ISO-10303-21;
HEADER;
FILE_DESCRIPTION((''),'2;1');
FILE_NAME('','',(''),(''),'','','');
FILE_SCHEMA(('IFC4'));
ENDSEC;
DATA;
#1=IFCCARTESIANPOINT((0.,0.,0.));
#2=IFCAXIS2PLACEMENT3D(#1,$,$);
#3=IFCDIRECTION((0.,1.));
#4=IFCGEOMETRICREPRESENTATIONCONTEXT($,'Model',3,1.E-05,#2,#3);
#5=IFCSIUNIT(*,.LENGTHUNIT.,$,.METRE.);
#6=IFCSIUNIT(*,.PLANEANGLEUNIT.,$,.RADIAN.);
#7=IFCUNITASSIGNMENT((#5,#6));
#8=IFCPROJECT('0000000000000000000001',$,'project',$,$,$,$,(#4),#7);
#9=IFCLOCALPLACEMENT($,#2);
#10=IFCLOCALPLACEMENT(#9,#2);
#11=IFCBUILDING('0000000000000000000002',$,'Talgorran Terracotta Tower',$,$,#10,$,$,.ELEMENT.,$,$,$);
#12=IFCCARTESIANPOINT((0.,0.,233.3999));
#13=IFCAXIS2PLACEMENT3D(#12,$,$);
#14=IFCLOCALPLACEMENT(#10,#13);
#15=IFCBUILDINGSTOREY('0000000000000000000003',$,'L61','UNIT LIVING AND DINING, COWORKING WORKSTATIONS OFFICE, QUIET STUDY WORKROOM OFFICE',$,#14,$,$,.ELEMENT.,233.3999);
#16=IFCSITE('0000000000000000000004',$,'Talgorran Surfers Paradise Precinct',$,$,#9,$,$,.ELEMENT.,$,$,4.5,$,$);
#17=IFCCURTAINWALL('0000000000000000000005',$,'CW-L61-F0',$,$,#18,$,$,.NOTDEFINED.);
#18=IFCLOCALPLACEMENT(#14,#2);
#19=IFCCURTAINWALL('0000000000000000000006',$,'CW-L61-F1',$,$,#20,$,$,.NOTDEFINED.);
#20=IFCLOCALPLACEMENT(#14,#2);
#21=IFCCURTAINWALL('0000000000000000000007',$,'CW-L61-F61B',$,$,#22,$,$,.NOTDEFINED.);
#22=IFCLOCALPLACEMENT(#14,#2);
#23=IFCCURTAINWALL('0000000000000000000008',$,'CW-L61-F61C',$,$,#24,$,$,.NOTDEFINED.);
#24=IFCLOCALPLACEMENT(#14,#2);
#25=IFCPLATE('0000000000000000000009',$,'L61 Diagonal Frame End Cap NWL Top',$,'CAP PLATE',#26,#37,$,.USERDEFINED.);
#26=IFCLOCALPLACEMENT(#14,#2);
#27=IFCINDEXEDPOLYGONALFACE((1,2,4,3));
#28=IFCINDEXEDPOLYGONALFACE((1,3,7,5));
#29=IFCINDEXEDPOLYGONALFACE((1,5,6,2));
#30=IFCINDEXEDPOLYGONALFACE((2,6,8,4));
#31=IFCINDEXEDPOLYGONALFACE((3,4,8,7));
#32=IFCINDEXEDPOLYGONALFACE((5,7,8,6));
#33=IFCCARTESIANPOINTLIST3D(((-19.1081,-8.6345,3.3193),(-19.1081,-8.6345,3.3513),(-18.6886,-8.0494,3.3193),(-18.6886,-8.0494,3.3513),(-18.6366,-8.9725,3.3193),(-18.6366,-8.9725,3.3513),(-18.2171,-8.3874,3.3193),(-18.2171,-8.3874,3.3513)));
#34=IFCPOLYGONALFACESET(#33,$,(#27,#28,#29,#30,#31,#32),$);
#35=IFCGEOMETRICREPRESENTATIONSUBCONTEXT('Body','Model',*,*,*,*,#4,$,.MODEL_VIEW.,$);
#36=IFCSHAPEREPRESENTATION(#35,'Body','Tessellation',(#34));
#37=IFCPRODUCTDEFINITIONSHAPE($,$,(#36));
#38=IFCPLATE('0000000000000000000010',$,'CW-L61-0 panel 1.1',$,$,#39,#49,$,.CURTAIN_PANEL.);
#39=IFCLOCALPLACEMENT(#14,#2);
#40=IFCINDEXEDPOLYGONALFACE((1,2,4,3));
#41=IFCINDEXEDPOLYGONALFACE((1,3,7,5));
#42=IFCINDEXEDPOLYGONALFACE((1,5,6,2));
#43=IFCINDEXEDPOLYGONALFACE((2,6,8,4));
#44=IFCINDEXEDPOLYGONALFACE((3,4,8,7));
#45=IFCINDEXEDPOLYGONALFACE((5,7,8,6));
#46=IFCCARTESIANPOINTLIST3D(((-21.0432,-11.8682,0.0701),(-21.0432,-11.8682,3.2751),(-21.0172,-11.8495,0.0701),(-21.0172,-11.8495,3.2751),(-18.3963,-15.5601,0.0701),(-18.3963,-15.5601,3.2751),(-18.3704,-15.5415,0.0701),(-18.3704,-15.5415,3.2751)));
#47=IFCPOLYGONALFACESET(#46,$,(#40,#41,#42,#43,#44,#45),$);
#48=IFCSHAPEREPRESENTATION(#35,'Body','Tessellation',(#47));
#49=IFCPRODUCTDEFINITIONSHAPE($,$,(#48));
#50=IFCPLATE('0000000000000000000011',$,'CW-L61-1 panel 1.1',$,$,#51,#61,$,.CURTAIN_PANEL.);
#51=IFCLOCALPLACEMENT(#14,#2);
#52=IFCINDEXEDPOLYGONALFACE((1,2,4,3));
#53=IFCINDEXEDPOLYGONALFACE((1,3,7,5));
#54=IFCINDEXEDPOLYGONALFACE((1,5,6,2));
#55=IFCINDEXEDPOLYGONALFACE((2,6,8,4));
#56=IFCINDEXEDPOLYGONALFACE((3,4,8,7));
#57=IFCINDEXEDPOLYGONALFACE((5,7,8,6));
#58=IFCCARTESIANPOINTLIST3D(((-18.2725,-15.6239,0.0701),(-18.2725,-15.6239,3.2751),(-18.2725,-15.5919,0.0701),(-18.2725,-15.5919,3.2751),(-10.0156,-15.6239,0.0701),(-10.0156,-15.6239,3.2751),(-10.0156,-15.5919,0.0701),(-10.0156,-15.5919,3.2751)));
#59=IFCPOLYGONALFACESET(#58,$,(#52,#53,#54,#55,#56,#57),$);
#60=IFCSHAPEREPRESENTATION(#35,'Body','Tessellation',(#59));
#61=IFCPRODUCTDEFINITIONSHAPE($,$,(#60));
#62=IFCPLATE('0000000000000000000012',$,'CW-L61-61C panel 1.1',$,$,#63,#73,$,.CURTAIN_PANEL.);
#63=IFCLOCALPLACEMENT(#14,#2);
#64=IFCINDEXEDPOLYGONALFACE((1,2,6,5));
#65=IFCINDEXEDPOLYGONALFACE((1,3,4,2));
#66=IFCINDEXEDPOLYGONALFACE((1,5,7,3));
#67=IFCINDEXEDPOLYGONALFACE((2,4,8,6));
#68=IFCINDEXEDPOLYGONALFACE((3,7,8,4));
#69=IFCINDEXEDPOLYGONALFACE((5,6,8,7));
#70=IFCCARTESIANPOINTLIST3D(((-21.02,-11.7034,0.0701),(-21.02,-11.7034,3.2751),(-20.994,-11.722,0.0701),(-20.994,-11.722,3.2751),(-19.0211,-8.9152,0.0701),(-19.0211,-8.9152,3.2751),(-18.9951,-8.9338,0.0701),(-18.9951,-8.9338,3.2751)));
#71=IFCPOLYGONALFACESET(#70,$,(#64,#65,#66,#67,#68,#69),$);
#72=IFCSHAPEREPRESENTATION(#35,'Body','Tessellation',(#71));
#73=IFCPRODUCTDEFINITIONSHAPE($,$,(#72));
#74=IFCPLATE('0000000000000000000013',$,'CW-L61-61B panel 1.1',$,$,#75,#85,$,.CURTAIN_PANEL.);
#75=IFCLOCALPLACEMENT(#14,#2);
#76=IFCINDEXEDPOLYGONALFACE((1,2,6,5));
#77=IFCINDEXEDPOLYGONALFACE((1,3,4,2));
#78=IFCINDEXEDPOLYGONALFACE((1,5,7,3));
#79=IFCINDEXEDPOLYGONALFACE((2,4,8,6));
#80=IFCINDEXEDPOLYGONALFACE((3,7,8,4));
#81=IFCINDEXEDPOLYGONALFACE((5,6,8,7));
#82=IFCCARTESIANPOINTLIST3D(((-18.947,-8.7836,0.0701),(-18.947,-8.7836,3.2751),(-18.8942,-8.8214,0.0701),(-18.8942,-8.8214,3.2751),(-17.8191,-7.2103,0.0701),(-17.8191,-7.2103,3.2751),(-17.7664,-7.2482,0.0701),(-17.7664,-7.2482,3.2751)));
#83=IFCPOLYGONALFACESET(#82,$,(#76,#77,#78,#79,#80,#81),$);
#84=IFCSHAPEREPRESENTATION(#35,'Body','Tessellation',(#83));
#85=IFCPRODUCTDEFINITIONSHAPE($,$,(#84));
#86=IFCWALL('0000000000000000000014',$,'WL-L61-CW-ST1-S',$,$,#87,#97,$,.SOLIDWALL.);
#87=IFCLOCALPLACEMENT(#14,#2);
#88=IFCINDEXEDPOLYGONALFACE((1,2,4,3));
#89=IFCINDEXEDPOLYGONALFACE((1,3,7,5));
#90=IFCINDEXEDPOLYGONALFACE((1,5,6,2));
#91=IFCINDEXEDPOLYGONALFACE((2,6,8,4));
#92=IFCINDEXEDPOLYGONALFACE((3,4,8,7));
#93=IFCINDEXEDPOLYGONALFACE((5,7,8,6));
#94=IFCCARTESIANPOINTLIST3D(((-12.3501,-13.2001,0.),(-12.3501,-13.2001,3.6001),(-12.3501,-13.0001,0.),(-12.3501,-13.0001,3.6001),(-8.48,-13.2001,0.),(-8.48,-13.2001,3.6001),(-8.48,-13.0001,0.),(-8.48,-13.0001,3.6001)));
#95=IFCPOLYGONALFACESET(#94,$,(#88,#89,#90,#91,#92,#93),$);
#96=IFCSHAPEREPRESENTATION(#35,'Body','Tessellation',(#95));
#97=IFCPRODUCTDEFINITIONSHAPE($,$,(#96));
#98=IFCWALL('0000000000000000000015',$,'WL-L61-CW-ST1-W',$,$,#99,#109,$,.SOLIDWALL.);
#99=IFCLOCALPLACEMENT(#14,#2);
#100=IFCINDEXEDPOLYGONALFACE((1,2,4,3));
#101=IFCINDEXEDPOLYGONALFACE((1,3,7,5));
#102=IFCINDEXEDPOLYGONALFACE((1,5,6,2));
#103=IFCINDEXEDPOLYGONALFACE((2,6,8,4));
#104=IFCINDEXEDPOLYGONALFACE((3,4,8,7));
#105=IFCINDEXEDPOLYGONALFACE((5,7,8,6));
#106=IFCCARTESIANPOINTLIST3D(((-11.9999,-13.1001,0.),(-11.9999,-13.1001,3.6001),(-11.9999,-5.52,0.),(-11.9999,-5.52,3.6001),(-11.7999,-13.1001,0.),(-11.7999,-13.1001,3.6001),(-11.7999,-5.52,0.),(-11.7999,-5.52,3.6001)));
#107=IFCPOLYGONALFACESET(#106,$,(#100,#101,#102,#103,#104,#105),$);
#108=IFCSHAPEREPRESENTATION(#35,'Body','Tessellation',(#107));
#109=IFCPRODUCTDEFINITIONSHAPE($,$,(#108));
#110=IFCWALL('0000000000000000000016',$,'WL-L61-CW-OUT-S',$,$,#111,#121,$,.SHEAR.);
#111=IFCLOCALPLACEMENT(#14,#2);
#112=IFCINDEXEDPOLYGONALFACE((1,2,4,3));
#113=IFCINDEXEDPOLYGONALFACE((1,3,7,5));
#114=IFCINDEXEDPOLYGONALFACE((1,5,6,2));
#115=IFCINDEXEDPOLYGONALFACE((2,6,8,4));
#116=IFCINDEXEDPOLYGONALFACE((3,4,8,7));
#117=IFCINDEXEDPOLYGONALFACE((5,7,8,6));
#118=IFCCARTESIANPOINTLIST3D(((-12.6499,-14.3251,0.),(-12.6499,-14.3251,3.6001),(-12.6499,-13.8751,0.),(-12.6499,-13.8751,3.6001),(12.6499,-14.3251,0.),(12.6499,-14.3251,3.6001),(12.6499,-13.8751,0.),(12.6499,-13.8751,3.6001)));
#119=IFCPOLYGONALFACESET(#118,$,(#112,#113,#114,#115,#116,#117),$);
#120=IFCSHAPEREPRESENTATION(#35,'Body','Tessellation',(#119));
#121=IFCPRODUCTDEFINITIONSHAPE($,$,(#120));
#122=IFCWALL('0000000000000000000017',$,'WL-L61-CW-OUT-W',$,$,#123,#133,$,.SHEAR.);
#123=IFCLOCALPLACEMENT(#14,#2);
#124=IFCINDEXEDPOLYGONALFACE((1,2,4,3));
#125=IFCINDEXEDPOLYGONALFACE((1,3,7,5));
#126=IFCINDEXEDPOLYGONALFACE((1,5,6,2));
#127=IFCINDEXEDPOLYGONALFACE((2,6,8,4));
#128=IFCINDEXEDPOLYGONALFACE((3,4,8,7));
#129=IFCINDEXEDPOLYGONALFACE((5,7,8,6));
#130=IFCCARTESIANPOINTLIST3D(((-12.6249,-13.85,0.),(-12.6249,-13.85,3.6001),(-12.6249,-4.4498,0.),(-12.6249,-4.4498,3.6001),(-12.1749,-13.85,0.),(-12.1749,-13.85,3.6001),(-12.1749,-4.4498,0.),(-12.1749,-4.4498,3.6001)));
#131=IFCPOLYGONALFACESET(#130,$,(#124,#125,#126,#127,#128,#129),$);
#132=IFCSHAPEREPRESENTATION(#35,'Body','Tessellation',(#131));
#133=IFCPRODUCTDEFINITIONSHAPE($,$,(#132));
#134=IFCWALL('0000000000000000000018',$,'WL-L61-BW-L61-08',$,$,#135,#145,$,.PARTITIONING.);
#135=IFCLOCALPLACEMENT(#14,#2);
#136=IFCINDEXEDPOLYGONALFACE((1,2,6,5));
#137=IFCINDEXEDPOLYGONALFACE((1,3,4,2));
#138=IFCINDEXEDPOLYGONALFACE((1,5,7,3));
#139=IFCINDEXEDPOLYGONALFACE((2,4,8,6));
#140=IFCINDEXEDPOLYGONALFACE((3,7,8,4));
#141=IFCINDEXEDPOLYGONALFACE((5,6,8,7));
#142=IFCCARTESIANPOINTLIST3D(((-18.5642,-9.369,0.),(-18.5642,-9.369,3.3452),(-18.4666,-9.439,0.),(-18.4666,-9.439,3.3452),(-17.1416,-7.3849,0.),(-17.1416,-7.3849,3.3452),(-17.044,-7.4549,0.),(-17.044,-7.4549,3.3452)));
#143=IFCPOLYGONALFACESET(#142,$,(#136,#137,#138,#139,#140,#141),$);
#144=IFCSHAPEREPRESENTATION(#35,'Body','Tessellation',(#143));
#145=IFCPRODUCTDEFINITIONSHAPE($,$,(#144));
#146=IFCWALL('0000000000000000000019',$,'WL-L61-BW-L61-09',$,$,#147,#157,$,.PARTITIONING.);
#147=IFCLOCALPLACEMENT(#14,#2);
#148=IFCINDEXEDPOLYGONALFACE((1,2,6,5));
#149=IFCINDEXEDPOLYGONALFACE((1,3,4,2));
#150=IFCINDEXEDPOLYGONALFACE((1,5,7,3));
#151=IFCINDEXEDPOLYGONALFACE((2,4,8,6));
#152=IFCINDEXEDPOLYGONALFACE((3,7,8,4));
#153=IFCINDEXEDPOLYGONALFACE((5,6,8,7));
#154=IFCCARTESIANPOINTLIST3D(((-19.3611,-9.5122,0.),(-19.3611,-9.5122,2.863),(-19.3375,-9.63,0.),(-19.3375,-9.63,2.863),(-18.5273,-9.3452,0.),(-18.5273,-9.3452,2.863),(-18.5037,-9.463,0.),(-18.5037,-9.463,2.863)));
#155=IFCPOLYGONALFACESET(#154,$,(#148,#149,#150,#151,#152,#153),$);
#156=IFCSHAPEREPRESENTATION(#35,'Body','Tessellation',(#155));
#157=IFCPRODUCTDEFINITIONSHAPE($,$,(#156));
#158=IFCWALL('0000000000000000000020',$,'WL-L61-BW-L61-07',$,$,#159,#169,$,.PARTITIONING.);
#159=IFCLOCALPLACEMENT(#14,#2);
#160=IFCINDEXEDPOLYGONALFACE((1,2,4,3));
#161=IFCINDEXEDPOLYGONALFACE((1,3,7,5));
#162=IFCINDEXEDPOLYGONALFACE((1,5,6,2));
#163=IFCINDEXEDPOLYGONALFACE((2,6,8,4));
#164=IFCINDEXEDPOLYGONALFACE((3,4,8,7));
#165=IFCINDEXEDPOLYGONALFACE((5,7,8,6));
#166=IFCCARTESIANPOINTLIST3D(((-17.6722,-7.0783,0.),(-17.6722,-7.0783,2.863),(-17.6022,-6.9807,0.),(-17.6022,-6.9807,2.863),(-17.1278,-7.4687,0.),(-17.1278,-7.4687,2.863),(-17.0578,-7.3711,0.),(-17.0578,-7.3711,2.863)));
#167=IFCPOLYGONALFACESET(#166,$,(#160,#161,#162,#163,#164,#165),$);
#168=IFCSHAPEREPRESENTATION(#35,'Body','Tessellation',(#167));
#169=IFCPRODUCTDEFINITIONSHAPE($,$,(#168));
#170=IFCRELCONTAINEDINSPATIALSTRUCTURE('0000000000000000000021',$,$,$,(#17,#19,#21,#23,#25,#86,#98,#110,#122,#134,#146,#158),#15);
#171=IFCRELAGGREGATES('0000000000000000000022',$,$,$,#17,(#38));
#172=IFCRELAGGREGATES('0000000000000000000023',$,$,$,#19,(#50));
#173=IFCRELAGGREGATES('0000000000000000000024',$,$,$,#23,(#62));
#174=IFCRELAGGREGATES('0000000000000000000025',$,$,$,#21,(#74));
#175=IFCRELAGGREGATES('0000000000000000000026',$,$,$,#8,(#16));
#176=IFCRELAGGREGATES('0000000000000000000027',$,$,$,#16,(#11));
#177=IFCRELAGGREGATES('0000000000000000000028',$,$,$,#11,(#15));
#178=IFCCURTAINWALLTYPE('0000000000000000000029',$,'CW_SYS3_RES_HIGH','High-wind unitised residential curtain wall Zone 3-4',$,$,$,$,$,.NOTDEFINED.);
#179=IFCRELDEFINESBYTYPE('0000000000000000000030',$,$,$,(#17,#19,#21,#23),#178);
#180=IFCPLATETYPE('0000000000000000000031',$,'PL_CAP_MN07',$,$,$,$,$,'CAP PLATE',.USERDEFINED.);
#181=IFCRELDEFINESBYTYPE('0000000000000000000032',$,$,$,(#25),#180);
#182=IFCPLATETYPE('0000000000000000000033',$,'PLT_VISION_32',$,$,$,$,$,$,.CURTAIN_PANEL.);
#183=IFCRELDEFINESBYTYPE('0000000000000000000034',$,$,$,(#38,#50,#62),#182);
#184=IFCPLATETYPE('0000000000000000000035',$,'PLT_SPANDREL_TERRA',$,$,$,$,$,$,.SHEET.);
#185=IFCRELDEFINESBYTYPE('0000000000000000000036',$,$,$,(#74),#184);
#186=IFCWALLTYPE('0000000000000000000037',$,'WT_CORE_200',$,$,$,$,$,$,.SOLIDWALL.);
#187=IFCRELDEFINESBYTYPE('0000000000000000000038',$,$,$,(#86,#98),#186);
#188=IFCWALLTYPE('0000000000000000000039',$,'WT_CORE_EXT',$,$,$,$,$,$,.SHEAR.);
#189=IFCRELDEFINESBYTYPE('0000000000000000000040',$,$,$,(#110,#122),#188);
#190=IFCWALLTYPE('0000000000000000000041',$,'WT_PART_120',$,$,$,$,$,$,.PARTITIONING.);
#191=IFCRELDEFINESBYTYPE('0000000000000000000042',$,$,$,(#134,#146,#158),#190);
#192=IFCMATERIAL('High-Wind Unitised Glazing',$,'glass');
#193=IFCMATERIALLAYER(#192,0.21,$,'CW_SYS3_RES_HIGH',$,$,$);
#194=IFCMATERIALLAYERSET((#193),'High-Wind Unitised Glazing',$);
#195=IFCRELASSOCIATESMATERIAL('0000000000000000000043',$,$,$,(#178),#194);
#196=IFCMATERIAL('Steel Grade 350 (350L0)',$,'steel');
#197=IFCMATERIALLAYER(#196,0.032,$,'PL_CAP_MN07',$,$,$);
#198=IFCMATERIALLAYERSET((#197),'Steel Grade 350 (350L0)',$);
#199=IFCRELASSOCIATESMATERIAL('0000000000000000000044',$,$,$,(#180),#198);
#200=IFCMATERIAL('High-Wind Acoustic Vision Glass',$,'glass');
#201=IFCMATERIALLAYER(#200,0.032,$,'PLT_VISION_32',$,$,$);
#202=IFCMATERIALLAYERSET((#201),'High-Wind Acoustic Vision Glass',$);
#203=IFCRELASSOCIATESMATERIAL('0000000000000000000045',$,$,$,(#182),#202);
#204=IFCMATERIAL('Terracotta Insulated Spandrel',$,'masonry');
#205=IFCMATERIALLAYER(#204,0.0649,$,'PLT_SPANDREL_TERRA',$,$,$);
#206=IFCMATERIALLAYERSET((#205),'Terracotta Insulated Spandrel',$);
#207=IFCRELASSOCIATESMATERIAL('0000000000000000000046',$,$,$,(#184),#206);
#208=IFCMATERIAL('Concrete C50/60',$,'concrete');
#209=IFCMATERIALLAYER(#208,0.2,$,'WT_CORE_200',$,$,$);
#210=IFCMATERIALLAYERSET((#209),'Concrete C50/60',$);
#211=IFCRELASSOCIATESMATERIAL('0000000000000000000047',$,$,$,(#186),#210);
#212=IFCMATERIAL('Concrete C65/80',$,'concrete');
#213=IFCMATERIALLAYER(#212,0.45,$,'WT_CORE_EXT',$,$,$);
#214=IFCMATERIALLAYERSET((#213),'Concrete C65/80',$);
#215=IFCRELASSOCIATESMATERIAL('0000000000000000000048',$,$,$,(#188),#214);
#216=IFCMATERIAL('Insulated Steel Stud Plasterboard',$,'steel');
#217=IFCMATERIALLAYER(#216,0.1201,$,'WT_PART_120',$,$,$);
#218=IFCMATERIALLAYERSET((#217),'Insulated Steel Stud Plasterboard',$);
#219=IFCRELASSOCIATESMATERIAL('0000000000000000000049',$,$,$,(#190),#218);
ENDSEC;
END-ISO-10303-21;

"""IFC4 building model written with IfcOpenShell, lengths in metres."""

from ifc_helpers import new_model, si_unit, direction, frame, frame_2d, origin, origin_2d, place, context, subcontext, project, spatial, rectangle, extrude, source, transform, mapped, material, layer, layer_set, type_object, type_shapes, element, aggregate, save


model = new_model("IFC4")

# Units and contexts
model_context = context("Model", 3, precision=1e-05, world=origin(), true_north=direction((0.0, 1.0)))
body_context = subcontext(model_context, "Body", "Model", "MODEL_VIEW")
ifc_project = project(units=[si_unit("LENGTHUNIT", "METRE"), si_unit("PLANEANGLEUNIT", "RADIAN")], contexts=[model_context])

# Site, building, storey
site_placement = place(None, origin())
site = spatial("IfcSite", under=ifc_project, at=site_placement, Name="Talgorran Surfers Paradise Precinct", CompositionType="ELEMENT", RefElevation=4.5)
building_placement = place(site_placement, origin())
building = spatial("IfcBuilding", under=site, at=building_placement, Name="Talgorran Terracotta Tower", CompositionType="ELEMENT")
storey_placement = place(building_placement, frame((0.0, 0.0, 233.3999)))
storey = spatial("IfcBuildingStorey", under=building, at=storey_placement, Name="L61", Description="UNIT LIVING AND DINING, COWORKING WORKSTATIONS OFFICE, QUIET STUDY WORKROOM OFFICE", CompositionType="ELEMENT", Elevation=233.3999)

# Shared definitions
ifc_material_1 = material(Name="Steel Grade 350 (350L0)", Category="steel")

# Curtain wall
ifc_material_2 = material(Name="High-Wind Unitised Glazing", Category="glass")
ifc_layer_1 = layer(ifc_material_2, 0.21, Name="CW_SYS3_RES_HIGH")
ifc_layer_set_1 = layer_set([ifc_layer_1], Name="High-Wind Unitised Glazing")
curtain_wall_type = type_object("IfcCurtainWallType", Name="CW_SYS3_RES_HIGH", Description="High-wind unitised residential curtain wall Zone 3-4", PredefinedType="NOTDEFINED", material=ifc_layer_set_1)
curtain_wall_1_placement = place(storey_placement, origin())
curtain_wall_1 = element("IfcCurtainWall", 1, at=curtain_wall_1_placement, inside=storey, type_object=curtain_wall_type, Name="CW-L61-F0", PredefinedType="NOTDEFINED")

# Curtain wall
curtain_wall_2_placement = place(storey_placement, origin())
curtain_wall_2 = element("IfcCurtainWall", 2, at=curtain_wall_2_placement, inside=storey, type_object=curtain_wall_type, Name="CW-L61-F1", PredefinedType="NOTDEFINED")

# Curtain walls
curtain_wall_3_placement = place(storey_placement, origin())
curtain_wall_3 = element("IfcCurtainWall", 3, at=curtain_wall_3_placement, inside=storey, type_object=curtain_wall_type, Name="CW-L61-F61B", PredefinedType="NOTDEFINED")
curtain_wall_4_placement = place(storey_placement, origin())
curtain_wall_4 = element("IfcCurtainWall", 4, at=curtain_wall_4_placement, inside=storey, type_object=curtain_wall_type, Name="CW-L61-F61C", PredefinedType="NOTDEFINED")

# Plate
ifc_layer_2 = layer(ifc_material_1, 0.032, Name="PL_CAP_MN07")
ifc_layer_set_2 = layer_set([ifc_layer_2], Name="Steel Grade 350 (350L0)")
plate_type_1 = type_object("IfcPlateType", Name="PL_CAP_MN07", ElementType="CAP PLATE", PredefinedType="USERDEFINED", material=ifc_layer_set_2)
for number, where, z_axis, x_axis, name in (
    (5, (-18.6626, -8.511, 3.3193), (0.0, 0.0, 1.0), (-0.58269, -0.812694, 0.0), "L61 Diagonal Frame End Cap NWL Top"),
):
    element("IfcPlate", number, at=place(storey_placement, frame(where, z_axis=z_axis, x_axis=x_axis)), inside=storey, type_object=plate_type_1, Name=name, ObjectType="CAP PLATE", PredefinedType="USERDEFINED", context=body_context, shape_type="SweptSolid", body=[
        extrude(rectangle(XDim=0.72, YDim=0.5801, at=origin_2d()), origin(), (0.0, 0.0, 1.0), 0.032),
    ])

# Plates
ifc_material_3 = material(Name="High-Wind Acoustic Vision Glass", Category="glass")
ifc_layer_3 = layer(ifc_material_3, 0.032, Name="PLT_VISION_32")
ifc_layer_set_3 = layer_set([ifc_layer_3], Name="High-Wind Acoustic Vision Glass")
plate_type_2 = type_object("IfcPlateType", Name="PLT_VISION_32", PredefinedType="CURTAIN_PANEL", material=ifc_layer_set_3)
shared_shape_1 = source(origin(), body_context, "Body", "SweptSolid", [
    extrude(rectangle(XDim=4.5427, YDim=0.032, at=origin_2d()), origin(), (0.0, 0.0, 1.0), 3.2051),
])
plate_1_placement = place(storey_placement, frame((-19.7068, -13.7048, 0.0701), z_axis=(0.0, 0.0, 1.0), x_axis=(0.582661, -0.812715, 0.0)))
plate_1 = element("IfcPlate", 6, at=plate_1_placement, type_object=plate_type_2, Name="CW-L61-0 panel 1.1", PredefinedType="CURTAIN_PANEL", context=body_context, shape_type="MappedRepresentation", body=[
    mapped(shared_shape_1, transform((0.0, 0.0, 0.0), scale=1.0)),
])
aggregate(curtain_wall_1, [plate_1])
shared_shape_2 = source(origin(), body_context, "Body", "SweptSolid", [
    extrude(rectangle(XDim=8.2568, YDim=0.032, at=origin_2d()), origin(), (0.0, 0.0, 1.0), 3.2051),
])
plate_2_placement = place(storey_placement, frame((-14.144, -15.6079, 0.0701), z_axis=(0.0, 0.0, 1.0), x_axis=(1.0, 0.0, 0.0)))
plate_2 = element("IfcPlate", 7, at=plate_2_placement, type_object=plate_type_2, Name="CW-L61-1 panel 1.1", PredefinedType="CURTAIN_PANEL", context=body_context, shape_type="MappedRepresentation", body=[
    mapped(shared_shape_2, transform((0.0, 0.0, 0.0), scale=1.0)),
])
aggregate(curtain_wall_2, [plate_2])
shared_shape_3 = source(origin(), body_context, "Body", "SweptSolid", [
    extrude(rectangle(XDim=3.4307, YDim=0.032, at=origin_2d()), origin(), (0.0, 0.0, 1.0), 3.2051),
])
type_shapes(plate_type_2, [shared_shape_1, shared_shape_2, shared_shape_3])
plate_3_placement = place(storey_placement, frame((-20.0076, -10.3186, 0.0701), z_axis=(0.0, 0.0, 1.0), x_axis=(-0.582655, -0.81272, 0.0)))
plate_3 = element("IfcPlate", 8, at=plate_3_placement, type_object=plate_type_2, Name="CW-L61-61C panel 1.1", PredefinedType="CURTAIN_PANEL", context=body_context, shape_type="MappedRepresentation", body=[
    mapped(shared_shape_3, transform((0.0, 0.0, 0.0), scale=1.0)),
])
aggregate(curtain_wall_4, [plate_3])
ifc_material_4 = material(Name="Terracotta Insulated Spandrel", Category="masonry")
ifc_layer_4 = layer(ifc_material_4, 0.0649, Name="PLT_SPANDREL_TERRA")
ifc_layer_set_4 = layer_set([ifc_layer_4], Name="Terracotta Insulated Spandrel")
plate_type_3 = type_object("IfcPlateType", Name="PLT_SPANDREL_TERRA", PredefinedType="SHEET", material=ifc_layer_set_4)
shared_shape_4 = source(origin(), body_context, "Body", "SweptSolid", [
    extrude(rectangle(XDim=1.9358, YDim=0.0649, at=origin_2d()), origin(), (0.0, 0.0, 1.0), 3.2051),
])
type_shapes(plate_type_3, [shared_shape_4])
plate_4_placement = place(storey_placement, frame((-18.3567, -8.0159, 0.0701), z_axis=(0.0, 0.0, 1.0), x_axis=(-0.58265, -0.812723, 0.0)))
plate_4 = element("IfcPlate", 9, at=plate_4_placement, type_object=plate_type_3, Name="CW-L61-61B panel 1.1", PredefinedType="CURTAIN_PANEL", context=body_context, shape_type="MappedRepresentation", body=[
    mapped(shared_shape_4, transform((0.0, 0.0, 0.0), scale=1.0)),
])
aggregate(curtain_wall_3, [plate_4])

# Walls
ifc_material_5 = material(Name="Concrete C50/60", Category="concrete")
ifc_layer_5 = layer(ifc_material_5, 0.2, Name="WT_CORE_200")
ifc_layer_set_5 = layer_set([ifc_layer_5], Name="Concrete C50/60")
wall_type_1 = type_object("IfcWallType", Name="WT_CORE_200", PredefinedType="SOLIDWALL", material=ifc_layer_set_5)
wall_1_placement = place(storey_placement, frame((-12.3501, -13.1001, 0.0), z_axis=(0.0, 0.0, 1.0), x_axis=(1.0, 0.0, 0.0)))
element("IfcWall", 10, at=wall_1_placement, inside=storey, type_object=wall_type_1, Name="WL-L61-CW-ST1-S", PredefinedType="SOLIDWALL", context=body_context, shape_type="SweptSolid", body=[
    extrude(rectangle(XDim=3.8701, YDim=0.2, at=frame_2d((1.9351, 0.0))), origin(), (0.0, 0.0, 1.0), 3.6001),
])
wall_2_placement = place(storey_placement, frame((-11.8999, -13.1001, 0.0), z_axis=(0.0, 0.0, 1.0), x_axis=(0.0, 1.0, 0.0)))
element("IfcWall", 11, at=wall_2_placement, inside=storey, type_object=wall_type_1, Name="WL-L61-CW-ST1-W", PredefinedType="SOLIDWALL", context=body_context, shape_type="SweptSolid", body=[
    extrude(rectangle(XDim=7.5801, YDim=0.2, at=frame_2d((3.79, 0.0))), origin(), (0.0, 0.0, 1.0), 3.6001),
])
ifc_material_6 = material(Name="Concrete C65/80", Category="concrete")
ifc_layer_6 = layer(ifc_material_6, 0.45, Name="WT_CORE_EXT")
ifc_layer_set_6 = layer_set([ifc_layer_6], Name="Concrete C65/80")
wall_type_2 = type_object("IfcWallType", Name="WT_CORE_EXT", PredefinedType="SHEAR", material=ifc_layer_set_6)
wall_3_placement = place(storey_placement, frame((-12.6499, -14.1001, 0.0), z_axis=(0.0, 0.0, 1.0), x_axis=(1.0, 0.0, 0.0)))
element("IfcWall", 12, at=wall_3_placement, inside=storey, type_object=wall_type_2, Name="WL-L61-CW-OUT-S", PredefinedType="SHEAR", context=body_context, shape_type="SweptSolid", body=[
    extrude(rectangle(XDim=25.2998, YDim=0.45, at=frame_2d((12.6499, 0.0))), origin(), (0.0, 0.0, 1.0), 3.6001),
])
wall_4_placement = place(storey_placement, frame((-12.3999, -13.8501, 0.0), z_axis=(0.0, 0.0, 1.0), x_axis=(0.0, 1.0, 0.0)))
element("IfcWall", 13, at=wall_4_placement, inside=storey, type_object=wall_type_2, Name="WL-L61-CW-OUT-W", PredefinedType="SHEAR", context=body_context, shape_type="SweptSolid", body=[
    extrude(rectangle(XDim=9.4001, YDim=0.45, at=frame_2d((4.7002, 0.0))), origin(), (0.0, 0.0, 1.0), 3.6001),
])
ifc_material_7 = material(Name="Insulated Steel Stud Plasterboard", Category="steel")
ifc_layer_7 = layer(ifc_material_7, 0.1201, Name="WT_PART_120")
ifc_layer_set_7 = layer_set([ifc_layer_7], Name="Insulated Steel Stud Plasterboard")
wall_type_3 = type_object("IfcWallType", Name="WT_PART_120", PredefinedType="PARTITIONING", material=ifc_layer_set_7)
wall_5_placement = place(storey_placement, frame((-17.0928, -7.4199, 0.0), z_axis=(0.0, 0.0, 1.0), x_axis=(-0.582694, -0.812692, 0.0)))
element("IfcWall", 14, at=wall_5_placement, inside=storey, type_object=wall_type_3, Name="WL-L61-BW-L61-08", PredefinedType="PARTITIONING", context=body_context, shape_type="SweptSolid", body=[
    extrude(rectangle(XDim=2.4414, YDim=0.1201, at=frame_2d((1.2207, 0.0))), origin(), (0.0, 0.0, 1.0), 3.3452),
])
wall_6_placement = place(storey_placement, frame((-18.5154, -9.4041, 0.0), z_axis=(0.0, 0.0, 1.0), x_axis=(-0.980525, -0.196392, 0.0)))
element("IfcWall", 15, at=wall_6_placement, inside=storey, type_object=wall_type_3, Name="WL-L61-BW-L61-09", PredefinedType="PARTITIONING", context=body_context, shape_type="SweptSolid", body=[
    extrude(rectangle(XDim=0.8503, YDim=0.1201, at=frame_2d((0.4253, 0.0))), origin(), (0.0, 0.0, 1.0), 2.863),
])
wall_7_placement = place(storey_placement, frame((-17.6372, -7.0295, 0.0), z_axis=(0.0, 0.0, 1.0), x_axis=(0.812673, -0.58272, 0.0)))
element("IfcWall", 16, at=wall_7_placement, inside=storey, type_object=wall_type_3, Name="WL-L61-BW-L61-07", PredefinedType="PARTITIONING", context=body_context, shape_type="SweptSolid", body=[
    extrude(rectangle(XDim=0.6699, YDim=0.1201, at=frame_2d((0.335, 0.0))), origin(), (0.0, 0.0, 1.0), 2.863),
])

save(model, "model.ifc")
